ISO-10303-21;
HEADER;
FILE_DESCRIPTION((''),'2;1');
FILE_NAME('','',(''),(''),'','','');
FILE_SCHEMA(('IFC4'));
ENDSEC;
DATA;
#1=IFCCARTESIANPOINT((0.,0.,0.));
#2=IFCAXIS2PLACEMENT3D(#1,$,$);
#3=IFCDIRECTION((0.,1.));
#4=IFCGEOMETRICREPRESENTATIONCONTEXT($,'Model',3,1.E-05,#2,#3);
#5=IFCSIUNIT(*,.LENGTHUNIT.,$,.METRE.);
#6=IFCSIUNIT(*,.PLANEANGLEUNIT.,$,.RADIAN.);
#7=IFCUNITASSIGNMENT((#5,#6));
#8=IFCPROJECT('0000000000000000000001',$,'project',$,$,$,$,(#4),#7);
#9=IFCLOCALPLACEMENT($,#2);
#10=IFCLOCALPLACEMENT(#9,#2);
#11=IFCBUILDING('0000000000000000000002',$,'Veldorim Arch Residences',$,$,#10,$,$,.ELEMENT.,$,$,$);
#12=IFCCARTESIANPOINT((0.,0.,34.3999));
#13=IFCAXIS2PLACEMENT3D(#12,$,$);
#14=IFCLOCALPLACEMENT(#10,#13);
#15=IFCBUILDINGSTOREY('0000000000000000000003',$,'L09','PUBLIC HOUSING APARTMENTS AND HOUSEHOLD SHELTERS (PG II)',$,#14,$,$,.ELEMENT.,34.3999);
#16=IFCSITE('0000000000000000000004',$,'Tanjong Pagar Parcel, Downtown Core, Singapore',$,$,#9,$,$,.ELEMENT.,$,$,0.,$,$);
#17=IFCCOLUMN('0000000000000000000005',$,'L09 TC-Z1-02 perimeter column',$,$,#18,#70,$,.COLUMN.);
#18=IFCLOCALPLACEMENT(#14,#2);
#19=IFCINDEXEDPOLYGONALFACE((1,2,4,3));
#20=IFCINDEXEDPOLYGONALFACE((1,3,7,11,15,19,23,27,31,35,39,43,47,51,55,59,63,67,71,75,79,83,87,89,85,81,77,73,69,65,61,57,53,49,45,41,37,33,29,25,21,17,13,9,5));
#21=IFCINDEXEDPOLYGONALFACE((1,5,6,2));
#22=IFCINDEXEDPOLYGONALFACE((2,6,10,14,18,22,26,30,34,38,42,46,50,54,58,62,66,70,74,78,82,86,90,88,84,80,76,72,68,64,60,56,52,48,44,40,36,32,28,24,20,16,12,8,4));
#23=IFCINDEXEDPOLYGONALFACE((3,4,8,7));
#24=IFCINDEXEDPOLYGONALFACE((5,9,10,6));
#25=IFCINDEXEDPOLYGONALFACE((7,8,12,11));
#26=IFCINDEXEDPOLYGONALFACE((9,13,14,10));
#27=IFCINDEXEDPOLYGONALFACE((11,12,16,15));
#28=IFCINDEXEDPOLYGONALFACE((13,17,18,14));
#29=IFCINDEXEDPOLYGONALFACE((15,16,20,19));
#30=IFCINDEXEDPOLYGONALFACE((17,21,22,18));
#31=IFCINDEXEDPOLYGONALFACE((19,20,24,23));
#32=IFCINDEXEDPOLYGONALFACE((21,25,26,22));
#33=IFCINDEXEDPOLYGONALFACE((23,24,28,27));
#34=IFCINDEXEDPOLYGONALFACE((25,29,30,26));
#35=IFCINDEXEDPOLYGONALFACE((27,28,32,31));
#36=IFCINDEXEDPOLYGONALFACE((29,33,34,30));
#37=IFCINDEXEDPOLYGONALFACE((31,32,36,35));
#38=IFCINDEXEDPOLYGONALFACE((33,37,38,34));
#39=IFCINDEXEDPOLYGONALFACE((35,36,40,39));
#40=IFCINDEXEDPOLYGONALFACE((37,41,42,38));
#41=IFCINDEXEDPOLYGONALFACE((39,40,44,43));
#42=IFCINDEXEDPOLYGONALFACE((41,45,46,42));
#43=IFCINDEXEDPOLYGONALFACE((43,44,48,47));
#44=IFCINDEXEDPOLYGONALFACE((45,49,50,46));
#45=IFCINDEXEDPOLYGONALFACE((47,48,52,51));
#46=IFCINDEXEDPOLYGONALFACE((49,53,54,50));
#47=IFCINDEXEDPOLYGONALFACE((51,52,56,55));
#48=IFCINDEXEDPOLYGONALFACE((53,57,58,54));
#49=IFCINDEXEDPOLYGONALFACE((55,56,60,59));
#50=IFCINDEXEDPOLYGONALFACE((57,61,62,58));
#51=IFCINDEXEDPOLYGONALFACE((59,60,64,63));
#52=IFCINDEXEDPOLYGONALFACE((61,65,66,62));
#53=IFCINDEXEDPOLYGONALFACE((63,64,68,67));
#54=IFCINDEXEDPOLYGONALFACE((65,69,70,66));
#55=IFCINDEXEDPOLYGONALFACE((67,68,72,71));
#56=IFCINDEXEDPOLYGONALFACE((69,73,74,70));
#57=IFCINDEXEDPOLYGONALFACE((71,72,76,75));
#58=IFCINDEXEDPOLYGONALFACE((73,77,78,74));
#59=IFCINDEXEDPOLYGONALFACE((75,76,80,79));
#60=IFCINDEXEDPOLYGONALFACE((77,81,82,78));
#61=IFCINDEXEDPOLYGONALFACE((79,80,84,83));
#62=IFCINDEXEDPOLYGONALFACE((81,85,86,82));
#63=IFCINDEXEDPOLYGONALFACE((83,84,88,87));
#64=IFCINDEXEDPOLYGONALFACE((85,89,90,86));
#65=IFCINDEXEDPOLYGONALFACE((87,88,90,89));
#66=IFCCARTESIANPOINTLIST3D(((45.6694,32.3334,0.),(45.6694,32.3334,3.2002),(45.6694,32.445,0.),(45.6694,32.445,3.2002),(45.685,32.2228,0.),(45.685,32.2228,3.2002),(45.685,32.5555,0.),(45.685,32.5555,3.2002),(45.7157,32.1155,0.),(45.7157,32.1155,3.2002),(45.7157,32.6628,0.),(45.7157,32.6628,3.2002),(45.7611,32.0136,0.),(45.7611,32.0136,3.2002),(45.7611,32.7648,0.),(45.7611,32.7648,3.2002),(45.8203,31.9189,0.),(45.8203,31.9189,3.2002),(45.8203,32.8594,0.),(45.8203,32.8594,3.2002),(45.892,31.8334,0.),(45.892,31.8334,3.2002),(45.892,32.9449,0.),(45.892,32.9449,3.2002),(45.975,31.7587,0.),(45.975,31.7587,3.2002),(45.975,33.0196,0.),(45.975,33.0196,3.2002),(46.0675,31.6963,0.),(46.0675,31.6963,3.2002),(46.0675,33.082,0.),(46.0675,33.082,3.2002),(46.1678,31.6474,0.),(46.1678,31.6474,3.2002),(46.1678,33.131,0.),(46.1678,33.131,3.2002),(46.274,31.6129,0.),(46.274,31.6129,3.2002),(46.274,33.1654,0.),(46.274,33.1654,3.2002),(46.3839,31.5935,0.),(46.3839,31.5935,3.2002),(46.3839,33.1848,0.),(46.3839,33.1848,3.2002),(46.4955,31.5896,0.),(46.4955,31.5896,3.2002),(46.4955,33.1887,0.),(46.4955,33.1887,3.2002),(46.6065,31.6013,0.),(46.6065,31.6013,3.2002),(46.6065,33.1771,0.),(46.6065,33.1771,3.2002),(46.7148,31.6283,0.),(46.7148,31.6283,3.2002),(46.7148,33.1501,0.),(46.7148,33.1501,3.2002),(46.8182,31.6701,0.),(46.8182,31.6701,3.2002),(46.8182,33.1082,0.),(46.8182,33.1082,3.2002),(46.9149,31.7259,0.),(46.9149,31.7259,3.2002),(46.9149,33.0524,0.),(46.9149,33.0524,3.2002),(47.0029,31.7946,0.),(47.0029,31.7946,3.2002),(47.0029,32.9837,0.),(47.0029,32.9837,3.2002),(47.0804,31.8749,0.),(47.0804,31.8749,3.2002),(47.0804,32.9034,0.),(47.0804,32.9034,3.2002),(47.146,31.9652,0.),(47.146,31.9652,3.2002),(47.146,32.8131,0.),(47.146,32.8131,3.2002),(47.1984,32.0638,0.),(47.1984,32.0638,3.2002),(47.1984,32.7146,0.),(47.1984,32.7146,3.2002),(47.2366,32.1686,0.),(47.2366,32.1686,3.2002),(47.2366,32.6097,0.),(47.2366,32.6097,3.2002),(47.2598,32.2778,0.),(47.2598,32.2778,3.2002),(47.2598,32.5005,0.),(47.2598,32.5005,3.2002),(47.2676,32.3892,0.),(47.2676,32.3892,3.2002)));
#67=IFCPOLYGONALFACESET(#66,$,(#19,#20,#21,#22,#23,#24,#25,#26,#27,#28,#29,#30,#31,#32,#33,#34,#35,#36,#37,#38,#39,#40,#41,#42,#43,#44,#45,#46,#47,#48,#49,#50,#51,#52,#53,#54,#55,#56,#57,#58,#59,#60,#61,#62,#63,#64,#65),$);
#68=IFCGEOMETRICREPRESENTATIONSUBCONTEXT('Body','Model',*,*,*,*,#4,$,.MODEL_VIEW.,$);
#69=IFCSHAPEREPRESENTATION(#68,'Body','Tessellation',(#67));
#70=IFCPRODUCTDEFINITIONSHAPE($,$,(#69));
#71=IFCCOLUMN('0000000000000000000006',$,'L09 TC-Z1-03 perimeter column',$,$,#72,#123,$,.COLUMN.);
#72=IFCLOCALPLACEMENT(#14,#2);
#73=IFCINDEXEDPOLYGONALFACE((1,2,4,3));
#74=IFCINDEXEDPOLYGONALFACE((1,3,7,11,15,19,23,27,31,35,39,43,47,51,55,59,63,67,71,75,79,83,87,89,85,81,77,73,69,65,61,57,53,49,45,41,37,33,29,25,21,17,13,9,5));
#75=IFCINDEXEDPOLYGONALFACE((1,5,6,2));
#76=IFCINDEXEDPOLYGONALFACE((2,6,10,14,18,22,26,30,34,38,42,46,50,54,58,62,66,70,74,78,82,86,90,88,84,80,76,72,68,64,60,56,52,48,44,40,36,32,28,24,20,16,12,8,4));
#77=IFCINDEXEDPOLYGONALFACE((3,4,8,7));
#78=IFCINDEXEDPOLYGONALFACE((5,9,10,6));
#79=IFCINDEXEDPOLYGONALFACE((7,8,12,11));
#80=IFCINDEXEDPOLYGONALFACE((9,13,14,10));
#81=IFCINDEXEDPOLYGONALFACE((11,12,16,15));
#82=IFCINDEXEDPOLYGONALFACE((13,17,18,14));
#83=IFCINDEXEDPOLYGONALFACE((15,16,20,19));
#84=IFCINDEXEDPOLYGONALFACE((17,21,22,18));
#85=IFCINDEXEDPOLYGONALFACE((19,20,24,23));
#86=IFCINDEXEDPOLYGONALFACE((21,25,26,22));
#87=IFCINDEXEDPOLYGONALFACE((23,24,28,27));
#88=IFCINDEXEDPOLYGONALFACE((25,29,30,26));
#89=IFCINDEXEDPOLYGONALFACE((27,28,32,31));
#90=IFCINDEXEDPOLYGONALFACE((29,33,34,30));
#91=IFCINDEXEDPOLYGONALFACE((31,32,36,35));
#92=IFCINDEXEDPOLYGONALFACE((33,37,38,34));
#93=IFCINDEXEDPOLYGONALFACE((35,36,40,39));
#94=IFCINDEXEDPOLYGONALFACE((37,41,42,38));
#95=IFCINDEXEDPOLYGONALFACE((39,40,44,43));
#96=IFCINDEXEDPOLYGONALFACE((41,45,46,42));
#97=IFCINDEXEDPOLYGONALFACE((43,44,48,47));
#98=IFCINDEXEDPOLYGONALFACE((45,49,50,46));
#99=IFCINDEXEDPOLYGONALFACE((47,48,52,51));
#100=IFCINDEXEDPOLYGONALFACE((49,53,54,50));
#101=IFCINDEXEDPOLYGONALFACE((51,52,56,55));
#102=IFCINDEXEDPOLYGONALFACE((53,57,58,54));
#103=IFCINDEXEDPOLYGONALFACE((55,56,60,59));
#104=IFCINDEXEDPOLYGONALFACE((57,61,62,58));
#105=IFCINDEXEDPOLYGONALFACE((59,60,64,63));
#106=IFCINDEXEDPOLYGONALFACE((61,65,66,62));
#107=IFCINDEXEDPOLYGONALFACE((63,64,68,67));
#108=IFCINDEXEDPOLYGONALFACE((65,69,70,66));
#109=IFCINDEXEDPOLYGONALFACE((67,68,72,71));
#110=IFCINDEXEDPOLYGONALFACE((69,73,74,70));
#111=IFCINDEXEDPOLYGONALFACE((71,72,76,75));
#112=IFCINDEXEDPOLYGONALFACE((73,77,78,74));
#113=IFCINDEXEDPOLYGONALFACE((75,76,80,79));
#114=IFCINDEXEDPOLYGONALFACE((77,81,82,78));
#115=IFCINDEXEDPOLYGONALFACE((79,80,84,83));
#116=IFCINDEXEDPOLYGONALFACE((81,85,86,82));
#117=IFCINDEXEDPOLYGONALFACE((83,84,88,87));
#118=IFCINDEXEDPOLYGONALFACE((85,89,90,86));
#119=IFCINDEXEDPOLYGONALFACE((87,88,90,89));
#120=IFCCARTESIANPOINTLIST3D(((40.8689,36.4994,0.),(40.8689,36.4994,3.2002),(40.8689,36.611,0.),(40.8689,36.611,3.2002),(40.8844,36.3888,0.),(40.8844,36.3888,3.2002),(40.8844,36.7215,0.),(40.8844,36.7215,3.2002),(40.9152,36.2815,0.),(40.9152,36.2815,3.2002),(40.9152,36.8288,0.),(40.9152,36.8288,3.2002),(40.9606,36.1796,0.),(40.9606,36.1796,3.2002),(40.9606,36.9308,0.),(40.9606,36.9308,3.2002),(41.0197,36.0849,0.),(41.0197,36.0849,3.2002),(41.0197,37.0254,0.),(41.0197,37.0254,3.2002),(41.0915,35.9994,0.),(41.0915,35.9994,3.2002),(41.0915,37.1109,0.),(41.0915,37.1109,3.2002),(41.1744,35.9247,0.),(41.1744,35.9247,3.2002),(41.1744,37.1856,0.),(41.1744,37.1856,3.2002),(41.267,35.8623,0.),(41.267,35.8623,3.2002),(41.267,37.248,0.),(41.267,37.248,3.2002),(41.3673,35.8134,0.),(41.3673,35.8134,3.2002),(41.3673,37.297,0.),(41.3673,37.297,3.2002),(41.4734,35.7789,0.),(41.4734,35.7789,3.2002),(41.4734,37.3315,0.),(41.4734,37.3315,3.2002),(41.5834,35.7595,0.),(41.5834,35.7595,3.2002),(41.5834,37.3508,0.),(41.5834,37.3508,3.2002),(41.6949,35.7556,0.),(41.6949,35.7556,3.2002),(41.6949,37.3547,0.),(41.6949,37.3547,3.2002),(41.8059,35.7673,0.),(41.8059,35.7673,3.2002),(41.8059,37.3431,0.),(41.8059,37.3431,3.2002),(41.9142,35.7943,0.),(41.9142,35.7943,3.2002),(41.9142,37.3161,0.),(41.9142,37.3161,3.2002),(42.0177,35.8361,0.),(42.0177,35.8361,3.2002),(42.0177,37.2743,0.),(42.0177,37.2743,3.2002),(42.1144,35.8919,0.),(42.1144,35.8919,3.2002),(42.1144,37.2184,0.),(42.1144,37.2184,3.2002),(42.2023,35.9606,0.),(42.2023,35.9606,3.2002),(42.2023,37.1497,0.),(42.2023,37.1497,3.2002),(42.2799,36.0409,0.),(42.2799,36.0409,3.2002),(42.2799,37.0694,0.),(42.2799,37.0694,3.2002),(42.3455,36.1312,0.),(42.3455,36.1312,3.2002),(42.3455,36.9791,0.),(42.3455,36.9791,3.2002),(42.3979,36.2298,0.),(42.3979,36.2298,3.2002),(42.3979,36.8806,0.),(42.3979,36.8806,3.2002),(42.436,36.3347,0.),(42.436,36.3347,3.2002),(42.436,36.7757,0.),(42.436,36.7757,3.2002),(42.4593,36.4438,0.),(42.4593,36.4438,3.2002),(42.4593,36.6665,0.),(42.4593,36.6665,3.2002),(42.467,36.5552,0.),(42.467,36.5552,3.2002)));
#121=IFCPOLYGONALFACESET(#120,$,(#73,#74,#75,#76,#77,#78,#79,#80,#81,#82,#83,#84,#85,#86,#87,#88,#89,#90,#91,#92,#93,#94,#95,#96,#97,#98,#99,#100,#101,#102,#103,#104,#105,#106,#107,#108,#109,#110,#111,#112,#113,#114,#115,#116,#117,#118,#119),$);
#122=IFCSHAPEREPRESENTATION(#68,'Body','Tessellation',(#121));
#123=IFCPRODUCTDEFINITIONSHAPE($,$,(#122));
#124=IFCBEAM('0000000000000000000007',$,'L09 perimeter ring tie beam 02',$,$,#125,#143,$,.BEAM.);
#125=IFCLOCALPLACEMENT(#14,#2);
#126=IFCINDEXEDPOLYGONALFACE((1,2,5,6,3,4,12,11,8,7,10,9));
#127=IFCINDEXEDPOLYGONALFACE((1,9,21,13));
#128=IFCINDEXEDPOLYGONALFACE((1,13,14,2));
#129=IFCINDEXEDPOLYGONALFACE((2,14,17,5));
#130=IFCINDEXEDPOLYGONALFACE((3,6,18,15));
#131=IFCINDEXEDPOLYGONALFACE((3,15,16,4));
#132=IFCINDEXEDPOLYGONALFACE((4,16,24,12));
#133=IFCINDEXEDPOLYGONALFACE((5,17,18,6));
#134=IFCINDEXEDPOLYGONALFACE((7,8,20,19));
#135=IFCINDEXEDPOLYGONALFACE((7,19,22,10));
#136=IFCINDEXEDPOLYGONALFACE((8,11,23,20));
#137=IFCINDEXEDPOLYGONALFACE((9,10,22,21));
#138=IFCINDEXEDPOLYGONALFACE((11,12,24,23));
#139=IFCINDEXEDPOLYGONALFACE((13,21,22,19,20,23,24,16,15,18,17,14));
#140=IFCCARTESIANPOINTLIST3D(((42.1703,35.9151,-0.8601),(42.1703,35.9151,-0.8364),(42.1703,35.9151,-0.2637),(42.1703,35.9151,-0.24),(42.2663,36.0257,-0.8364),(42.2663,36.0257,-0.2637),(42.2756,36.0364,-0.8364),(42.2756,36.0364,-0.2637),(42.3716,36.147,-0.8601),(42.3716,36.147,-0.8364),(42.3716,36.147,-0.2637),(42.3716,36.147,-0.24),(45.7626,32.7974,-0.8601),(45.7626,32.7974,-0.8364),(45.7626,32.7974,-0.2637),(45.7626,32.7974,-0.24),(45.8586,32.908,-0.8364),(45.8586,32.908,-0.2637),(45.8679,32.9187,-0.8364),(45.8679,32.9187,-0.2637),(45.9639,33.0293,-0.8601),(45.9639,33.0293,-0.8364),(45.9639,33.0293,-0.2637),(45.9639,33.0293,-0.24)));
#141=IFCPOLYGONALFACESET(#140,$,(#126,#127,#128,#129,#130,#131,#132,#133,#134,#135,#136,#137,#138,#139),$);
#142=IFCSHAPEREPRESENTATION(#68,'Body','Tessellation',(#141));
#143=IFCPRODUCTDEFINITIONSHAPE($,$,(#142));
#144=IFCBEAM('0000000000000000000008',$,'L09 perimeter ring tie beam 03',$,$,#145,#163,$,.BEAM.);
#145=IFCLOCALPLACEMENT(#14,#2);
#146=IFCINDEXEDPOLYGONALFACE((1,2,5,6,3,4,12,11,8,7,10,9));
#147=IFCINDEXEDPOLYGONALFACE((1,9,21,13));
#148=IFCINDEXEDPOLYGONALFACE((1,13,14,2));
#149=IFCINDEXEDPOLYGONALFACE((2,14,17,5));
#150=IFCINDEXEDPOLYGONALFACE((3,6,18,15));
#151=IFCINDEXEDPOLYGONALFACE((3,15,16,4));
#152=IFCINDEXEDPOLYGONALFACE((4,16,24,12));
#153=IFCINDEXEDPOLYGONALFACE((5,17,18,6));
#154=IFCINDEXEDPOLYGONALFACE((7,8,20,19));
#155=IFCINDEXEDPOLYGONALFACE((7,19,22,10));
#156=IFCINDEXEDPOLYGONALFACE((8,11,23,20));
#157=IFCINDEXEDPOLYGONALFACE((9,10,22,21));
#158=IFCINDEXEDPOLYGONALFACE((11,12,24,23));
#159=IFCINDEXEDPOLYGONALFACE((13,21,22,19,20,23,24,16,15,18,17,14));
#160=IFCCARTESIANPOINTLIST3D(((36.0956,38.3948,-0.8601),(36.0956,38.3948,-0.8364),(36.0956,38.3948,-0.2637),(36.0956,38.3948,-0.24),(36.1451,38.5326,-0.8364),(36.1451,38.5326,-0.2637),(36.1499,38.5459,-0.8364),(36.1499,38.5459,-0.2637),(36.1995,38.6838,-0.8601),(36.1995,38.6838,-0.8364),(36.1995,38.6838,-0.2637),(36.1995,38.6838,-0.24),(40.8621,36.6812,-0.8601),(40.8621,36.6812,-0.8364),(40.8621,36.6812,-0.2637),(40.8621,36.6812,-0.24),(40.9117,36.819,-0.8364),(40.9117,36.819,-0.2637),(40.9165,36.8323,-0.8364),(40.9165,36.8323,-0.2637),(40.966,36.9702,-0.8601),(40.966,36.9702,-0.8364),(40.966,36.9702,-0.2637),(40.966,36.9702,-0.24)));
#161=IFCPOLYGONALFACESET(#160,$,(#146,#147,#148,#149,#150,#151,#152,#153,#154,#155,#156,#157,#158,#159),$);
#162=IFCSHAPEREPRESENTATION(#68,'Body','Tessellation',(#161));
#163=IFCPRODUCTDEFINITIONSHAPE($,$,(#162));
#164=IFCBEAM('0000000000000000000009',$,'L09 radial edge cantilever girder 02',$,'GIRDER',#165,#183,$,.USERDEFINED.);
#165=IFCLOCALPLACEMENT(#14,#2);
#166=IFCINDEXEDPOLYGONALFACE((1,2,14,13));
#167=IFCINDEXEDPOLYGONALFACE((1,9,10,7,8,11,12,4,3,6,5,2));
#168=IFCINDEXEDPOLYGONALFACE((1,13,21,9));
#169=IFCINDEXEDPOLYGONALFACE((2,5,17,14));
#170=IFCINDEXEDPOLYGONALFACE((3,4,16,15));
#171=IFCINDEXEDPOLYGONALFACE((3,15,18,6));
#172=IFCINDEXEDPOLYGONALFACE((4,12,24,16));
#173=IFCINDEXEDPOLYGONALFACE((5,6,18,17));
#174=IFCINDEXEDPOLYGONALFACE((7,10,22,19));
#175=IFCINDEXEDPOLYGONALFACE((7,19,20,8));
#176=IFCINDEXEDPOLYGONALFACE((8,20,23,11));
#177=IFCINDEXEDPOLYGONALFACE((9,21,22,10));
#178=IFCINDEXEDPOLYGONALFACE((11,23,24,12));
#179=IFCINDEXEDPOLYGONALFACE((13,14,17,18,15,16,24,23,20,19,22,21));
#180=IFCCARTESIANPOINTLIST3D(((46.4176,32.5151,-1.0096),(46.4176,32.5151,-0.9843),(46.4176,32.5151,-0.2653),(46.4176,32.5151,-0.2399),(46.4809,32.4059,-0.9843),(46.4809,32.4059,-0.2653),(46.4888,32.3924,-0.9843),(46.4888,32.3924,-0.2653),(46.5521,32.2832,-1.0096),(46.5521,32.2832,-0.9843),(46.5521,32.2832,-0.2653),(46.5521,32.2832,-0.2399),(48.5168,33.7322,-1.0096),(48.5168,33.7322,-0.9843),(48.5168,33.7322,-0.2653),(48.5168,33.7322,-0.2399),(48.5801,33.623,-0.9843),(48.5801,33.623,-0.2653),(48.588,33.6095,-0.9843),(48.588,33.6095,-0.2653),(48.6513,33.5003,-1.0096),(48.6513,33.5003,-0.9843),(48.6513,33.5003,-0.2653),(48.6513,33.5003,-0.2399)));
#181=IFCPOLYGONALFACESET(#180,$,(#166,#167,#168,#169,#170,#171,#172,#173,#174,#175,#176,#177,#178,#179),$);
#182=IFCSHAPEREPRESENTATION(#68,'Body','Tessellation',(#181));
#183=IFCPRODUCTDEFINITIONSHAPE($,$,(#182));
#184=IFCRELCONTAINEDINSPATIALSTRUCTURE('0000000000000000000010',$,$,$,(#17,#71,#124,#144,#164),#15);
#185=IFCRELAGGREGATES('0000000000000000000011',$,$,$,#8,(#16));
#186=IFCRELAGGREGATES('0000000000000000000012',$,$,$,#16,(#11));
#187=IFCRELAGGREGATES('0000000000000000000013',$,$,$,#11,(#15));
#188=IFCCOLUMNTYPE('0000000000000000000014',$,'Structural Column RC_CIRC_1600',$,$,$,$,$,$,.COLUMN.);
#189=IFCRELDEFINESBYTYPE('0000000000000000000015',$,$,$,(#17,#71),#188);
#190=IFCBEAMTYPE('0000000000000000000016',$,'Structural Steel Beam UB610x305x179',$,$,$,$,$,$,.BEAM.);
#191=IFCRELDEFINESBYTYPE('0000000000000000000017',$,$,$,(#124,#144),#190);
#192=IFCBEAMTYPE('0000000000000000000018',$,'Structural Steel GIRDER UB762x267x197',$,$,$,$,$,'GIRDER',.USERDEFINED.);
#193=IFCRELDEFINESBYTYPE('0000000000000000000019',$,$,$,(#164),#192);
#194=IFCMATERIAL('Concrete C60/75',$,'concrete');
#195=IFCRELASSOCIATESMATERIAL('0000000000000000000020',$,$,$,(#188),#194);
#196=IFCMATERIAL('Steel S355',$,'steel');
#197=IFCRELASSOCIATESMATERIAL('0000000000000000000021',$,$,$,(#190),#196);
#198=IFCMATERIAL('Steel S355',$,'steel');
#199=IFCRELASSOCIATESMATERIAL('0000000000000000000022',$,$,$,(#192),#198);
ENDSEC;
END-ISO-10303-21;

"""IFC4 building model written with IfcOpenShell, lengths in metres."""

from ifc_helpers import new_model, si_unit, direction, frame, origin, origin_2d, place, context, subcontext, project, spatial, circle, i_section, extrude, material, material_profile, profile_set, type_object, element, save


model = new_model("IFC4")

# Units and contexts
model_context = context("Model", 3, precision=1e-05, world=origin(), true_north=direction((0.0, 1.0)))
body_context = subcontext(model_context, "Body", "Model", "MODEL_VIEW")
ifc_project = project(units=[si_unit("LENGTHUNIT", "METRE"), si_unit("PLANEANGLEUNIT", "RADIAN")], contexts=[model_context])

# Site, building, storey
site_placement = place(None, origin())
site = spatial("IfcSite", under=ifc_project, at=site_placement, Name="Tanjong Pagar Parcel, Downtown Core, Singapore", CompositionType="ELEMENT", RefElevation=0.0)
building_placement = place(site_placement, origin())
building = spatial("IfcBuilding", under=site, at=building_placement, Name="Veldorim Arch Residences", CompositionType="ELEMENT")
storey_placement = place(building_placement, frame((0.0, 0.0, 34.3999)))
storey = spatial("IfcBuildingStorey", under=building, at=storey_placement, Name="L09", Description="PUBLIC HOUSING APARTMENTS AND HOUSEHOLD SHELTERS (PG II)", CompositionType="ELEMENT", Elevation=34.3999)

# Columns
ifc_material_1 = material(Name="Concrete C60/75", Category="concrete")
ifc_material_profile_1 = material_profile(ifc_material_1, circle(Radius=0.8, at=origin_2d()), Name="RC_CIRC_1600")
ifc_profile_set_1 = profile_set([ifc_material_profile_1], Name="Concrete C60/75")
column_type = type_object("IfcColumnType", Name="Structural Column RC_CIRC_1600", PredefinedType="COLUMN", material=ifc_profile_set_1)
for number, where, z_axis, x_axis, name in (
    (1, (46.4675, 32.3892, 0.0), (0.0, 0.0, 1.0), (1.0, 0.0, 0.0), "L09 TC-Z1-02 perimeter column"),
    (2, (41.667, 36.5552, 0.0), (0.0, 0.0, 1.0), (1.0, 0.0, 0.0), "L09 TC-Z1-03 perimeter column"),
):
    element("IfcColumn", number, at=place(storey_placement, frame(where, z_axis=z_axis, x_axis=x_axis)), inside=storey, type_object=column_type, Name=name, PredefinedType="COLUMN", context=body_context, shape_type="SweptSolid", body=[
        extrude(circle(Radius=0.8, at=origin_2d()), origin(), (0.0, 0.0, 1.0), 3.2002),
    ])

# Beams
ifc_material_2 = material(Name="Steel S355", Category="steel")
ifc_material_profile_2 = material_profile(ifc_material_2, i_section(OverallWidth=0.3071, OverallDepth=0.6201, WebThickness=0.0142, FlangeThickness=0.0237, at=origin_2d()), Name="UB610x305x179")
ifc_profile_set_2 = profile_set([ifc_material_profile_2], Name="Steel S355")
beam_type_1 = type_object("IfcBeamType", Name="Structural Steel Beam UB610x305x179", PredefinedType="BEAM", material=ifc_profile_set_2)
beam_1_placement = place(storey_placement, frame((45.8633, 32.9133, -0.55), z_axis=(-0.755235, 0.655454, 0.0), x_axis=(-0.655454, -0.755235, 0.0)))
element("IfcBeam", 3, at=beam_1_placement, inside=storey, type_object=beam_type_1, Name="L09 perimeter ring tie beam 02", PredefinedType="BEAM", context=body_context, shape_type="SweptSolid", body=[
    extrude(i_section(OverallWidth=0.3071, OverallDepth=0.6201, WebThickness=0.0142, FlangeThickness=0.0237, at=origin_2d()), origin(), (0.0, 0.0, 1.0), 4.7566),
])
beam_2_placement = place(storey_placement, frame((40.9141, 36.8257, -0.55), z_axis=(-0.941035, 0.338308, 0.0), x_axis=(-0.338308, -0.941035, 0.0)))
element("IfcBeam", 4, at=beam_2_placement, inside=storey, type_object=beam_type_1, Name="L09 perimeter ring tie beam 03", PredefinedType="BEAM", context=body_context, shape_type="SweptSolid", body=[
    extrude(i_section(OverallWidth=0.3071, OverallDepth=0.6201, WebThickness=0.0142, FlangeThickness=0.0237, at=origin_2d()), origin(), (0.0, 0.0, 1.0), 5.0652),
])
ifc_material_3 = material(Name="Steel S355", Category="steel")
ifc_material_profile_3 = material_profile(ifc_material_3, i_section(OverallWidth=0.2681, OverallDepth=0.7698, WebThickness=0.0156, FlangeThickness=0.0254, at=origin_2d()), Name="UB762x267x197")
ifc_profile_set_3 = profile_set([ifc_material_profile_3], Name="Steel S355")
beam_type_2 = type_object("IfcBeamType", Name="Structural Steel GIRDER UB762x267x197", ElementType="GIRDER", PredefinedType="USERDEFINED", material=ifc_profile_set_3)
beam_3_placement = place(storey_placement, frame((46.4849, 32.3992, -0.6248), z_axis=(0.865112, 0.50158, 0.0), x_axis=(-0.50158, 0.865112, 0.0)))
element("IfcBeam", 5, at=beam_3_placement, inside=storey, type_object=beam_type_2, Name="L09 radial edge cantilever girder 02", ObjectType="GIRDER", PredefinedType="USERDEFINED", context=body_context, shape_type="SweptSolid", body=[
    extrude(i_section(OverallWidth=0.2681, OverallDepth=0.7698, WebThickness=0.0156, FlangeThickness=0.0254, at=origin_2d()), origin(), (0.0, 0.0, 1.0), 2.4265),
])

save(model, "model.ifc")
